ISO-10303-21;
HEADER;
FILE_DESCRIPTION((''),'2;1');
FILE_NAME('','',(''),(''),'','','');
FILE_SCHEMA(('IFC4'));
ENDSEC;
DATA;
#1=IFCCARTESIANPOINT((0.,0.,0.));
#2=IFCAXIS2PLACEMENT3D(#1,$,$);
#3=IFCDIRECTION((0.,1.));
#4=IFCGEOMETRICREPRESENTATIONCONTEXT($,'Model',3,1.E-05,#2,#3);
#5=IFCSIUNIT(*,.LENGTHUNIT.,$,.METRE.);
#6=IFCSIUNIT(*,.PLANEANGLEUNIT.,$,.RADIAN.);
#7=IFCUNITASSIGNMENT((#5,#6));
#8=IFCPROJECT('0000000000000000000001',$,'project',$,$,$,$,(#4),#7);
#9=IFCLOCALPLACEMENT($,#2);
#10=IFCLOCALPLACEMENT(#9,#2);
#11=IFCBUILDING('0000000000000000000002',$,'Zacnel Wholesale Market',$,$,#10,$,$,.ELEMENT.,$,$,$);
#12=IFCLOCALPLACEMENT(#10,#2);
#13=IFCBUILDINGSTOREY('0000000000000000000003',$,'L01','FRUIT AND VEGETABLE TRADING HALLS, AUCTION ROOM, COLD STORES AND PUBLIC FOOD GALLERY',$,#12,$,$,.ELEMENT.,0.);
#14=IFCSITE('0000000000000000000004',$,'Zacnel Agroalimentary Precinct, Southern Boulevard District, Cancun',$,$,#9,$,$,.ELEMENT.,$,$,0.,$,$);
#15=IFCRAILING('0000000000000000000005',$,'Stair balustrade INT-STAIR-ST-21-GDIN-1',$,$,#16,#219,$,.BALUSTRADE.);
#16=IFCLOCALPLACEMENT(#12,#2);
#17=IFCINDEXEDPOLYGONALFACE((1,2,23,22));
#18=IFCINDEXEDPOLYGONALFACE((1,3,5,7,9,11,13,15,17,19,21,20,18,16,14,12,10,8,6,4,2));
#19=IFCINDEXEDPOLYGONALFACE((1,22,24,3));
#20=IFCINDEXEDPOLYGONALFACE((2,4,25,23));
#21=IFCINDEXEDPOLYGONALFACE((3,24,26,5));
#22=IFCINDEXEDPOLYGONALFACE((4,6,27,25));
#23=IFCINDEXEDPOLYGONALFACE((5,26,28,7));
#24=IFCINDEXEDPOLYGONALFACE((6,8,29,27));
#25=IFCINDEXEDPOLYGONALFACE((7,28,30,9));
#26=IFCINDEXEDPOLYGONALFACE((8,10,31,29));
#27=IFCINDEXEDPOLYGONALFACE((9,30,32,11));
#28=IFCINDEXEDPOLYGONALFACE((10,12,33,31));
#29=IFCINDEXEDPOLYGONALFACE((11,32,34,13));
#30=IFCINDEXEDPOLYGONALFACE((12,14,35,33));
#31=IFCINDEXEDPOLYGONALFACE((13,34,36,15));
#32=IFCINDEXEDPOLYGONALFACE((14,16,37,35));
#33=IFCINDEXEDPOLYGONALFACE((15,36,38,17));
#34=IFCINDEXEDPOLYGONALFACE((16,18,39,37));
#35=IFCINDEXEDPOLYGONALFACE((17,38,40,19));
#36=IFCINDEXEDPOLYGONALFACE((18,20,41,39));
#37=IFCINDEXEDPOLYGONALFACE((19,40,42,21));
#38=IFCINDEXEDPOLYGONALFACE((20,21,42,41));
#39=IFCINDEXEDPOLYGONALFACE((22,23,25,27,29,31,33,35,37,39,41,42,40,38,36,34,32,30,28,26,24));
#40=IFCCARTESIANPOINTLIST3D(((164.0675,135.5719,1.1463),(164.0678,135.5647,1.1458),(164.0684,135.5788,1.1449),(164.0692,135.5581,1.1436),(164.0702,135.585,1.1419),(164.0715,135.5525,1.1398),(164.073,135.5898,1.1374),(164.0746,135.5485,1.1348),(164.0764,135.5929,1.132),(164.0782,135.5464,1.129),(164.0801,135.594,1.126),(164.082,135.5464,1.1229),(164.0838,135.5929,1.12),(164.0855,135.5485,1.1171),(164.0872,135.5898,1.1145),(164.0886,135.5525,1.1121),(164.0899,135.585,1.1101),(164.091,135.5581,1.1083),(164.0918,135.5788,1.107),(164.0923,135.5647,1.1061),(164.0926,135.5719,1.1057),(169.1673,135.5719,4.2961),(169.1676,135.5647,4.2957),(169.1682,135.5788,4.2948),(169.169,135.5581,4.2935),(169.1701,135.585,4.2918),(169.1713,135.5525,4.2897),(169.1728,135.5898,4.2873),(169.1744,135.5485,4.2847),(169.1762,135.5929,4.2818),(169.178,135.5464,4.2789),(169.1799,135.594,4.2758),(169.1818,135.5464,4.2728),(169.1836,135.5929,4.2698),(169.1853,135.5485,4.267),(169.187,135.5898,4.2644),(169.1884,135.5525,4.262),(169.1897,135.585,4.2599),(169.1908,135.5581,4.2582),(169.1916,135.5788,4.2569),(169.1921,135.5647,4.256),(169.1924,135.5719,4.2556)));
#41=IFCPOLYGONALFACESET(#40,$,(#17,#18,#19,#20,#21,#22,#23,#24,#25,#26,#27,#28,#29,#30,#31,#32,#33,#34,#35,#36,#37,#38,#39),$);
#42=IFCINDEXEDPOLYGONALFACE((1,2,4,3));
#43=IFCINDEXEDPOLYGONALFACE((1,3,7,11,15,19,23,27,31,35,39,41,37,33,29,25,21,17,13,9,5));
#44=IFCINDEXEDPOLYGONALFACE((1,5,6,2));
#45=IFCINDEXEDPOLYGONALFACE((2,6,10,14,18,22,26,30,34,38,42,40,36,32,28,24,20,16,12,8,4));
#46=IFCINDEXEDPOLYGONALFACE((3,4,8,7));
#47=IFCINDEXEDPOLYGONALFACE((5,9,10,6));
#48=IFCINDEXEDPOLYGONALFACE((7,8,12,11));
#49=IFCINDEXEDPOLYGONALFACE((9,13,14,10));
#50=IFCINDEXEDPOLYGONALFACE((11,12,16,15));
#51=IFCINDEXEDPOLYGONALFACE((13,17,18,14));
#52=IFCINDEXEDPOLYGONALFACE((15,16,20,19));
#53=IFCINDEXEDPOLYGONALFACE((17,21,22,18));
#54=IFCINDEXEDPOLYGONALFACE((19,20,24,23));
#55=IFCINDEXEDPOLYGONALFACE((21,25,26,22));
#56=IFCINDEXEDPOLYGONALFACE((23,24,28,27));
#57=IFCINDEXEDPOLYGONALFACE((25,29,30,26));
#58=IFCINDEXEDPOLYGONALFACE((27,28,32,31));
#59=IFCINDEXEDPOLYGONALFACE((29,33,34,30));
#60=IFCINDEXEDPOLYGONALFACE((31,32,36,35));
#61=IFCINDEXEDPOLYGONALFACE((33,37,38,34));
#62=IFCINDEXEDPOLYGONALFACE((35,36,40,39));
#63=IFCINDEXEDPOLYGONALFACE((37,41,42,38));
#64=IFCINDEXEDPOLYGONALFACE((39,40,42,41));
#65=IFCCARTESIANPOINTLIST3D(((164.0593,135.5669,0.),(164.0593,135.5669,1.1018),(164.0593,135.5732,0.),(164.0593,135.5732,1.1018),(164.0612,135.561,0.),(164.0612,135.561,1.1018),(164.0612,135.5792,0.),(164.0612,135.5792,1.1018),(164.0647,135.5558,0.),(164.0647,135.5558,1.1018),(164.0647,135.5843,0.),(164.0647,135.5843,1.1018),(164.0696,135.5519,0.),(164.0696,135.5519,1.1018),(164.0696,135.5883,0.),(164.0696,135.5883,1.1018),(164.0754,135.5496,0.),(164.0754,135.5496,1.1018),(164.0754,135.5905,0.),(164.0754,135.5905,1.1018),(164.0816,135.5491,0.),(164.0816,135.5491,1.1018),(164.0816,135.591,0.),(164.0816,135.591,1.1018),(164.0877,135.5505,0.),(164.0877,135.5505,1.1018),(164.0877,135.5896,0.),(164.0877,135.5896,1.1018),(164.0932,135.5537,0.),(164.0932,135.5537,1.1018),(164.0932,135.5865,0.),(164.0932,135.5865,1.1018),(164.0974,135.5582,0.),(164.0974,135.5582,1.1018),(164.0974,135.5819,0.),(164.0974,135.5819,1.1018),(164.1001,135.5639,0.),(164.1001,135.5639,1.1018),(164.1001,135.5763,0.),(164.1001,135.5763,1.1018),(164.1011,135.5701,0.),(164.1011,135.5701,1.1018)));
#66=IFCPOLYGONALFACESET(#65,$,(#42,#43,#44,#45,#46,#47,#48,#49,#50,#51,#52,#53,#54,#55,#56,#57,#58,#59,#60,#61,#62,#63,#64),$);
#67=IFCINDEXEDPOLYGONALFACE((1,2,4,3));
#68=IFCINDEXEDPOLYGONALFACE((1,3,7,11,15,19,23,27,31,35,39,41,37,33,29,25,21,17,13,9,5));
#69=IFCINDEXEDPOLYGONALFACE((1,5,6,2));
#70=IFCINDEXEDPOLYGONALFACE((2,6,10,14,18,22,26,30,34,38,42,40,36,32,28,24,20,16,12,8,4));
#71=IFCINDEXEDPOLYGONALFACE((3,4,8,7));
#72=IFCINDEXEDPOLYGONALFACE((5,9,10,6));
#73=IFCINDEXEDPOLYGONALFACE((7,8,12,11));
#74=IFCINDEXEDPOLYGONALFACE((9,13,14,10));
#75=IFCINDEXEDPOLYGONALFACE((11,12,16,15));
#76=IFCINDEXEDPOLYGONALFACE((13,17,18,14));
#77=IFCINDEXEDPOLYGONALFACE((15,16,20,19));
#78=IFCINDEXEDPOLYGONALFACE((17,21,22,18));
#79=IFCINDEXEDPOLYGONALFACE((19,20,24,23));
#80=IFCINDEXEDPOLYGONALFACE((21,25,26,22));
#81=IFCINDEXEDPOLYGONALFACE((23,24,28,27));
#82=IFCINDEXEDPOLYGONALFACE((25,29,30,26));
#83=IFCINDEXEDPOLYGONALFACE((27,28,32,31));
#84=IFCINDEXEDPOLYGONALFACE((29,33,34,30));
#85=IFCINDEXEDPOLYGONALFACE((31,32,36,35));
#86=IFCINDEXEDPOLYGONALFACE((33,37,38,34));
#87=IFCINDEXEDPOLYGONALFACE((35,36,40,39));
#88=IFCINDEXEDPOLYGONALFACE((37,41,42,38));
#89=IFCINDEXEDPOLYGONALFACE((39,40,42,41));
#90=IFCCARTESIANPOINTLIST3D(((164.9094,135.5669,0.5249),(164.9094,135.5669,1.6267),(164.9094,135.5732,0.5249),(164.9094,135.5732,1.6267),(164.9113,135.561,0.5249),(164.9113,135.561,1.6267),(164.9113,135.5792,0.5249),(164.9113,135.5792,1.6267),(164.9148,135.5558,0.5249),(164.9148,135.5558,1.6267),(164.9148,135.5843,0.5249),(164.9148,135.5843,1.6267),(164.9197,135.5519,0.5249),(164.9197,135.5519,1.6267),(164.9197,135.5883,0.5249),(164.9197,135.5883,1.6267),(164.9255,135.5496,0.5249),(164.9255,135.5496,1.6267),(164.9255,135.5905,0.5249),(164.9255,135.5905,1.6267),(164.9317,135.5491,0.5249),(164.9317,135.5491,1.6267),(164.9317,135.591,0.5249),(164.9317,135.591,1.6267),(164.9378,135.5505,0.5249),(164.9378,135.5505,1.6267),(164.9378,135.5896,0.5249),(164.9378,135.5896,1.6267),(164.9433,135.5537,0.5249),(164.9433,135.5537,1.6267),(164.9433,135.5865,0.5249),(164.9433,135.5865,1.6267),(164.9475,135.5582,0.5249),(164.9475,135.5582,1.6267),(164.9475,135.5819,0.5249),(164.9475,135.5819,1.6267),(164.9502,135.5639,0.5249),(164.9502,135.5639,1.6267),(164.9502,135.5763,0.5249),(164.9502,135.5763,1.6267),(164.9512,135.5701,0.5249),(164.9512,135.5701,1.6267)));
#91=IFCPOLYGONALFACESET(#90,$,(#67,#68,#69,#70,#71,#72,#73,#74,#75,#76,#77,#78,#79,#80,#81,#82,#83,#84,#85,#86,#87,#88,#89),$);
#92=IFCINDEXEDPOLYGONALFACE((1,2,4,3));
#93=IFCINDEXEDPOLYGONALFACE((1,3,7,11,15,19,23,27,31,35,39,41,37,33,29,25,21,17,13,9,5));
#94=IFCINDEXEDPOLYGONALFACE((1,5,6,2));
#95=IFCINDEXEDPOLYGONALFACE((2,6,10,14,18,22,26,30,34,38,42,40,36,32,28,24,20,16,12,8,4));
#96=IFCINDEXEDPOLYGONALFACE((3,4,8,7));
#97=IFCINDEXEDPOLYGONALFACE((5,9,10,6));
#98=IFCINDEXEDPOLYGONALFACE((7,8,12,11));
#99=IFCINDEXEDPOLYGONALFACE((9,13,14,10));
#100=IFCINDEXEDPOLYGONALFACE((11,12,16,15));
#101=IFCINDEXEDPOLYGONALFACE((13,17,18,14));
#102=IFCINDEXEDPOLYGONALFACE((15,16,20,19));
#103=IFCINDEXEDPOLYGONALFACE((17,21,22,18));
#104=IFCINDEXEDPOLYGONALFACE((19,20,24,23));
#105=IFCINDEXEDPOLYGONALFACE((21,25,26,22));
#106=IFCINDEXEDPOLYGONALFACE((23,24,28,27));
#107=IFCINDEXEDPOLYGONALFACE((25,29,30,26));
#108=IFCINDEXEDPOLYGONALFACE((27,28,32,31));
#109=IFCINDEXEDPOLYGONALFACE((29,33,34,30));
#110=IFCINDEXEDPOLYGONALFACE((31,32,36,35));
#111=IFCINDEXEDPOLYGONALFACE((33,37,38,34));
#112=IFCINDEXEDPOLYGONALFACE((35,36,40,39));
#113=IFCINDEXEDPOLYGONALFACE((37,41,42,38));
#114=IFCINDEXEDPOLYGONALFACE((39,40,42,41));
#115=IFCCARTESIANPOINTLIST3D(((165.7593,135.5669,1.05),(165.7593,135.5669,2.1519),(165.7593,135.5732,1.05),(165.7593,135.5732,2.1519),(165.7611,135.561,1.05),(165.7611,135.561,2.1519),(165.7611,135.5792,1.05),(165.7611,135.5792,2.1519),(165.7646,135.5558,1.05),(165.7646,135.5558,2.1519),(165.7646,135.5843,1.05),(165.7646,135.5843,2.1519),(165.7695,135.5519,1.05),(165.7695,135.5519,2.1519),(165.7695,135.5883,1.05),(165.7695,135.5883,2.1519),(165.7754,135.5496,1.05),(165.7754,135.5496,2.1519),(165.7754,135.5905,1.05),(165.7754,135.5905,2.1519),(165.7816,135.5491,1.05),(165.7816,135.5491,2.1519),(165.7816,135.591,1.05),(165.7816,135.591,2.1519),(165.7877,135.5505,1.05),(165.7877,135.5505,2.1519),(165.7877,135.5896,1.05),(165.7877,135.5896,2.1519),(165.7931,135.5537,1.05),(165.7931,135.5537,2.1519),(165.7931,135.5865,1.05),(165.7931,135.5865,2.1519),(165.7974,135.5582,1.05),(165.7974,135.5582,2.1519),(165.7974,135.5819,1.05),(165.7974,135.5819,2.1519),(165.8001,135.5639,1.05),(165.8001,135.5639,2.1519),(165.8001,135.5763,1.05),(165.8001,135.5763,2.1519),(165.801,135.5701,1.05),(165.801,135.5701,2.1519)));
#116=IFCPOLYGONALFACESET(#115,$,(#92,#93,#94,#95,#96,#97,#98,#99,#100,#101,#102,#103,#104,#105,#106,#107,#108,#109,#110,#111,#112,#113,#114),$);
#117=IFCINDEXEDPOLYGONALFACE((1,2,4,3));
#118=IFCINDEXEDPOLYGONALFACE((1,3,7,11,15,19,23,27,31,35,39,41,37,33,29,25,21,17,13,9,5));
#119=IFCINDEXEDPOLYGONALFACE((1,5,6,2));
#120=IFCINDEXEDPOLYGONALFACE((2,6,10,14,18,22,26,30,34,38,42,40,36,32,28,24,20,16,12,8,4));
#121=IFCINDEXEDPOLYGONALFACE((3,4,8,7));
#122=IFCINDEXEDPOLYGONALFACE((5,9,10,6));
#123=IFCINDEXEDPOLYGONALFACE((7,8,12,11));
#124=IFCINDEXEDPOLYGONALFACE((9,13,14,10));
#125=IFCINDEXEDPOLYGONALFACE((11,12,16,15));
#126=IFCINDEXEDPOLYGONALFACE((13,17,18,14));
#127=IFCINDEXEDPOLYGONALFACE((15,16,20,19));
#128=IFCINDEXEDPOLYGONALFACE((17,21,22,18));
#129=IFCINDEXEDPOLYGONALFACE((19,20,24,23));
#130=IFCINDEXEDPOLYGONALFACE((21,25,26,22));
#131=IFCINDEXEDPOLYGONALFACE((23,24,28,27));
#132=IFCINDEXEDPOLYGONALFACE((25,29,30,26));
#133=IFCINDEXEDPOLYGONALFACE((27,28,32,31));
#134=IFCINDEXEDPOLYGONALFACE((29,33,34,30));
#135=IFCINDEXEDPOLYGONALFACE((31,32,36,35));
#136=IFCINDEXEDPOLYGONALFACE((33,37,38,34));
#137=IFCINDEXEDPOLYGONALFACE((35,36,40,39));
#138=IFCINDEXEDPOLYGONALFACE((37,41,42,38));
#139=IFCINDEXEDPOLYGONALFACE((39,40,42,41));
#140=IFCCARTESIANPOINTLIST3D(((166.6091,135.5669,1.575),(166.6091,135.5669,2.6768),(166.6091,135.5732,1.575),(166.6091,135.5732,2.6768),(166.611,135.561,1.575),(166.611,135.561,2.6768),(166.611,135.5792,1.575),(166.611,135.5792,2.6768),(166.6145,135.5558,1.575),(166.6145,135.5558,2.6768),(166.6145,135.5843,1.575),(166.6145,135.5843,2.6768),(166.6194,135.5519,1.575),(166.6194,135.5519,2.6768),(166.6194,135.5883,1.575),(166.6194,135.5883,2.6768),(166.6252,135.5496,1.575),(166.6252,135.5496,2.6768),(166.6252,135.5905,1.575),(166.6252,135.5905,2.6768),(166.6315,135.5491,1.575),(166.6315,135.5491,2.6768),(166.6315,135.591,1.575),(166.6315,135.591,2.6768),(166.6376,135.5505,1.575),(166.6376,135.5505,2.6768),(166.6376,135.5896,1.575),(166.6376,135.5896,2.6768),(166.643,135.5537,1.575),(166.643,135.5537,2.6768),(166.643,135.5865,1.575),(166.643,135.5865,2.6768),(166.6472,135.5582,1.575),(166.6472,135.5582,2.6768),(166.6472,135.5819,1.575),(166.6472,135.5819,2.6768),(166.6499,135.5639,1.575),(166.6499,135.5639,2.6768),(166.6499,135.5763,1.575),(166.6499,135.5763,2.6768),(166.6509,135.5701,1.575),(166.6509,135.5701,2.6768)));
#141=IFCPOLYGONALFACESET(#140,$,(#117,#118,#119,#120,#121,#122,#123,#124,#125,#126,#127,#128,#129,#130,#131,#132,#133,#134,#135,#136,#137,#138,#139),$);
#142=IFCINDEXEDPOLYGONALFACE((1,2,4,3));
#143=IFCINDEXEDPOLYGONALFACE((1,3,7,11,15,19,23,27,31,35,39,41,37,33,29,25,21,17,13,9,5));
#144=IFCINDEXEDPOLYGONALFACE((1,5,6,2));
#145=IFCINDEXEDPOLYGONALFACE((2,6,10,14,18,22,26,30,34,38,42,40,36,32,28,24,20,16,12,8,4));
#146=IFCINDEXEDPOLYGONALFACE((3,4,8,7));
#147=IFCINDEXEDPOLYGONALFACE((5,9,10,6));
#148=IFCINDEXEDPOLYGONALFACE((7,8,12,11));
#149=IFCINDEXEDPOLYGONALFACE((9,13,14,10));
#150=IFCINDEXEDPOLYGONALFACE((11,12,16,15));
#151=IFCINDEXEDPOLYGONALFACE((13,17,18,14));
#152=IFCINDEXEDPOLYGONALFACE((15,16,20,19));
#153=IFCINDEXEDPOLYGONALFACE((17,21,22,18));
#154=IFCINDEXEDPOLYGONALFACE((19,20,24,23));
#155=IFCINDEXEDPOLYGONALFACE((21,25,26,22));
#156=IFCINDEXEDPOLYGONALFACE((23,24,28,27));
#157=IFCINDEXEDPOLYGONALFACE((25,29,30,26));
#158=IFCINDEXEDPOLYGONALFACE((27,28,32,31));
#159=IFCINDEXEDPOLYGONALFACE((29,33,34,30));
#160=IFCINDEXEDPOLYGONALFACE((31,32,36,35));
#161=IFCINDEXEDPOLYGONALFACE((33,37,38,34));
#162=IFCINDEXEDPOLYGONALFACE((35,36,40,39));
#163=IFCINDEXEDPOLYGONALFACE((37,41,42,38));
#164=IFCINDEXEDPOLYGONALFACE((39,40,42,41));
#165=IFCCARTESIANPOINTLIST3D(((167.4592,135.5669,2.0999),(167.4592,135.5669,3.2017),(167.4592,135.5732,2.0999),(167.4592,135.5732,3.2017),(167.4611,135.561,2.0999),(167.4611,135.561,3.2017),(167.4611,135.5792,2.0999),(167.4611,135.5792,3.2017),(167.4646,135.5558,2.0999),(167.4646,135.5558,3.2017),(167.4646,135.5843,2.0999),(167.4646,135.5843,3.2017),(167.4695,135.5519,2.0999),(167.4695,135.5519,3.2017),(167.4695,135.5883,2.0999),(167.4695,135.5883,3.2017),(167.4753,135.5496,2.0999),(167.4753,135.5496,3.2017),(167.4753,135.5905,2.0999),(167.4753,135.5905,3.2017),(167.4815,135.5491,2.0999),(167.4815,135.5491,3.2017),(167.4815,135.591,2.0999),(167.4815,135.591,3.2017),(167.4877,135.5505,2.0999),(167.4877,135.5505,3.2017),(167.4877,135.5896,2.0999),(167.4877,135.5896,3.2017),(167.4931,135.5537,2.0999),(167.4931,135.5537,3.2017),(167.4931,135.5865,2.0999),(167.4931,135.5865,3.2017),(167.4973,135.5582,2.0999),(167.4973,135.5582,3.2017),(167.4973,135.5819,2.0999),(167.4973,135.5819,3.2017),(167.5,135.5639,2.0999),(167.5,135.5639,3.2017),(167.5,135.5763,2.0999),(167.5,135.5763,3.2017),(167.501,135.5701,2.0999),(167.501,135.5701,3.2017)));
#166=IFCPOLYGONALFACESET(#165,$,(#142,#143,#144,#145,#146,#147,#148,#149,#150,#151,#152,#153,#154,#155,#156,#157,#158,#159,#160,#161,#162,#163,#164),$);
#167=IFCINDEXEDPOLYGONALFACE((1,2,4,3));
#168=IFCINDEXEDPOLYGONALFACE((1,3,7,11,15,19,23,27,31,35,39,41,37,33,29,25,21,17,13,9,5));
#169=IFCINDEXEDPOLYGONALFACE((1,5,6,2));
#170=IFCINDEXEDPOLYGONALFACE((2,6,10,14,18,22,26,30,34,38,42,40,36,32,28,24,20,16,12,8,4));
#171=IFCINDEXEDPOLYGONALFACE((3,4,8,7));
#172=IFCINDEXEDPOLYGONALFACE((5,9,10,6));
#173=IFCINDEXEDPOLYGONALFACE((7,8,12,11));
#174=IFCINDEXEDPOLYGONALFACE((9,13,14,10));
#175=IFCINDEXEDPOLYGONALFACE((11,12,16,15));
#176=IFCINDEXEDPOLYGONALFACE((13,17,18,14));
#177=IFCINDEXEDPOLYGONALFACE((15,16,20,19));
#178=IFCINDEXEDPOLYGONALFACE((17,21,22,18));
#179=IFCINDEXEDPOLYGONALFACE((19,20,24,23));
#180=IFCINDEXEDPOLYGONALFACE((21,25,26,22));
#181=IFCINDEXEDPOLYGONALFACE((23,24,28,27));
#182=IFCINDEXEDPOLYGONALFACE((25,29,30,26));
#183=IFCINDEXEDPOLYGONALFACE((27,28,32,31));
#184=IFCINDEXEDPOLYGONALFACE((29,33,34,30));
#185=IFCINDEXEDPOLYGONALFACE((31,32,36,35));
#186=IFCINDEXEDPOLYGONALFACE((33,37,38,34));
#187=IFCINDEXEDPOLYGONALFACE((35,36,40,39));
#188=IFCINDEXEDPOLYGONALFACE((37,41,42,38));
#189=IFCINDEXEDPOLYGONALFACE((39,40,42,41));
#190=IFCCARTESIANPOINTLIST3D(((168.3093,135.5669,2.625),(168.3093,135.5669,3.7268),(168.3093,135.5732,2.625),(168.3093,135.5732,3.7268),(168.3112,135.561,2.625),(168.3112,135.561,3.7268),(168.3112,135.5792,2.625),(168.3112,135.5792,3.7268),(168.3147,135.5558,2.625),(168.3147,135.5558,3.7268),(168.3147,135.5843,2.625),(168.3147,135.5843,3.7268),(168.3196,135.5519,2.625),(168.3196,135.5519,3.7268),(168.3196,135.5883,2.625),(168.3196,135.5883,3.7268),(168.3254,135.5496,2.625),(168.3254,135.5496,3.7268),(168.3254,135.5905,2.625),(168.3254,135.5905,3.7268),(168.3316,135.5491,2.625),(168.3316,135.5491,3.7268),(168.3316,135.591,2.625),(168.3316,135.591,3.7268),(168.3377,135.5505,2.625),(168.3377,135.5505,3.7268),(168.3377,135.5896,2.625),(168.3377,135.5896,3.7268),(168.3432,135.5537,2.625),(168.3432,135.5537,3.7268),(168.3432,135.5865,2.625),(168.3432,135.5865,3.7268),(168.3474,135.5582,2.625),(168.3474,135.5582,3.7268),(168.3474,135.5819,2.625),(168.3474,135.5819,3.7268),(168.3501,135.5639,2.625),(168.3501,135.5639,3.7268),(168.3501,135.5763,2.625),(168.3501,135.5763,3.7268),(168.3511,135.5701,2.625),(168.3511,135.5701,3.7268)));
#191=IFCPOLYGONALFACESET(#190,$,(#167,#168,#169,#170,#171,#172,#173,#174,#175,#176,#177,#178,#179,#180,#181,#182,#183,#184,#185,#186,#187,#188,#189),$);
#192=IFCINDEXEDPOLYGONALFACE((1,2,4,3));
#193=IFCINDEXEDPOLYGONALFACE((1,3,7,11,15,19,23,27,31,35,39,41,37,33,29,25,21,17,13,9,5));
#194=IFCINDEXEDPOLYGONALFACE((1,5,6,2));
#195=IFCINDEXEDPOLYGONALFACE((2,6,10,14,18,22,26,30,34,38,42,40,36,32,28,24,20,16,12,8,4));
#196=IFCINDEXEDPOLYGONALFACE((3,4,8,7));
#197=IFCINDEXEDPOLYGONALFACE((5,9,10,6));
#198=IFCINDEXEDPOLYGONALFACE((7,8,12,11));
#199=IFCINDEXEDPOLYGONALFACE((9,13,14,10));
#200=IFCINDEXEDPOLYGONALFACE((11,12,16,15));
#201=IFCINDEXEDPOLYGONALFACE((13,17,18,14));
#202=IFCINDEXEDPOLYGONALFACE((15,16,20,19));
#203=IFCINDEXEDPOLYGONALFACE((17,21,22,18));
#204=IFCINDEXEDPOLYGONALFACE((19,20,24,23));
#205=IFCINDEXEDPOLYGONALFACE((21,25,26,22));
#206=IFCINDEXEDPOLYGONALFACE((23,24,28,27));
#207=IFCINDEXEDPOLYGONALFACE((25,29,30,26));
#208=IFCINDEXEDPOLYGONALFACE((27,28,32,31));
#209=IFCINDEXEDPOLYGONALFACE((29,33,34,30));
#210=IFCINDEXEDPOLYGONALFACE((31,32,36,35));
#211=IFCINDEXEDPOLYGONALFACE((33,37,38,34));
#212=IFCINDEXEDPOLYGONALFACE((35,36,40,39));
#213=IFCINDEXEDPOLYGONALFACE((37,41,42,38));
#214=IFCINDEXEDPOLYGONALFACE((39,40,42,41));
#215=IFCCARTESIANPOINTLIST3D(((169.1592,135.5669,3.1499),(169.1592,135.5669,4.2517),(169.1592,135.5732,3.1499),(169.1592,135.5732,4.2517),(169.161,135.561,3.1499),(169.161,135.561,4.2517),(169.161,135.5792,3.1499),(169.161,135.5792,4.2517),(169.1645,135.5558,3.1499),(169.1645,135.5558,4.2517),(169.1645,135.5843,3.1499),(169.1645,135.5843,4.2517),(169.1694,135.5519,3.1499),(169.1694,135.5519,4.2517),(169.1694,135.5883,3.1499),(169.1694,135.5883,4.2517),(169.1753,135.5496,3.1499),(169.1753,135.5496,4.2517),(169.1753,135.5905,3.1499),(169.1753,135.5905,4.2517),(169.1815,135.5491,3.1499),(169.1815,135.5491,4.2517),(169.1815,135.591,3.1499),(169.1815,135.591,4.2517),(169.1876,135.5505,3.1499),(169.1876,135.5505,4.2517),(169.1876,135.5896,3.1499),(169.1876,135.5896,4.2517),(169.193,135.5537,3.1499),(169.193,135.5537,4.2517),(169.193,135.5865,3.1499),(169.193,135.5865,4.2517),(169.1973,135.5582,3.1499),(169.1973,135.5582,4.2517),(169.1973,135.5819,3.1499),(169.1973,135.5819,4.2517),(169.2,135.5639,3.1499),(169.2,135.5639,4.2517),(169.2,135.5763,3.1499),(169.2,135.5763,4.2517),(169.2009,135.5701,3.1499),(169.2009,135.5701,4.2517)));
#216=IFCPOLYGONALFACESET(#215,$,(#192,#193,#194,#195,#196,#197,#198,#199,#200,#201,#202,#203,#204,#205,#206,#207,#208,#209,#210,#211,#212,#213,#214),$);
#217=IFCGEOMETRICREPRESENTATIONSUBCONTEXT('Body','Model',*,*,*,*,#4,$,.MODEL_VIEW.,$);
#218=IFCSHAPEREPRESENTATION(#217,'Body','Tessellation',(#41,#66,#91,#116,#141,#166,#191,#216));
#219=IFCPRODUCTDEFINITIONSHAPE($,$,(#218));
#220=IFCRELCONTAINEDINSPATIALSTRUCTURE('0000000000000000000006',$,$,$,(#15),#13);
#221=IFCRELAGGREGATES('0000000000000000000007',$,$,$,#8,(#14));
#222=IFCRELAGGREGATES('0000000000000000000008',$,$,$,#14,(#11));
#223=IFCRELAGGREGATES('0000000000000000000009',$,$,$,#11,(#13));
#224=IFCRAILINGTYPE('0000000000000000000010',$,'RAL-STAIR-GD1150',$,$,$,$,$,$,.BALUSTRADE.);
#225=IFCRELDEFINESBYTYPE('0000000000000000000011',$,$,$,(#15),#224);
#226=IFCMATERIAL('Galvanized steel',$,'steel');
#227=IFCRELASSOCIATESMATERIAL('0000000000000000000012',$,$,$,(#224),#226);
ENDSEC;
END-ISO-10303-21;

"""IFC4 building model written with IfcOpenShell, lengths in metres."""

from ifc_helpers import new_model, si_unit, direction, frame, origin, origin_2d, place, context, subcontext, project, spatial, circle, extrude, material, type_object, element, save


model = new_model("IFC4")

# Units and contexts
model_context = context("Model", 3, precision=1e-05, world=origin(), true_north=direction((0.0, 1.0)))
body_context = subcontext(model_context, "Body", "Model", "MODEL_VIEW")
ifc_project = project(units=[si_unit("LENGTHUNIT", "METRE"), si_unit("PLANEANGLEUNIT", "RADIAN")], contexts=[model_context])

# Site, building, storey
site_placement = place(None, origin())
site = spatial("IfcSite", under=ifc_project, at=site_placement, Name="Zacnel Agroalimentary Precinct, Southern Boulevard District, Cancun", CompositionType="ELEMENT", RefElevation=0.0)
building_placement = place(site_placement, origin())
building = spatial("IfcBuilding", under=site, at=building_placement, Name="Zacnel Wholesale Market", CompositionType="ELEMENT")
storey_placement = place(building_placement, origin())
storey = spatial("IfcBuildingStorey", under=building, at=storey_placement, Name="L01", Description="FRUIT AND VEGETABLE TRADING HALLS, AUCTION ROOM, COLD STORES AND PUBLIC FOOD GALLERY", CompositionType="ELEMENT", Elevation=0.0)

# Railing
ifc_material_1 = material(Name="Galvanized steel", Category="steel")
railing_type_1 = type_object("IfcRailingType", Name="RAL-STAIR-GD1150", PredefinedType="BALUSTRADE", material=ifc_material_1)
railing_1_placement = place(storey_placement, frame((164.0801, 135.5701, 0.0)))
element("IfcRailing", 1, at=railing_1_placement, inside=storey, type_object=railing_type_1, Name="Stair balustrade INT-STAIR-ST-21-GDIN-1", PredefinedType="BALUSTRADE", context=body_context, shape_type="SweptSolid", body=[
    extrude(circle(Radius=0.0239, at=origin_2d()), frame((0.0, 0.0, 1.126), z_axis=(0.850799, 0.0, 0.525492), x_axis=(0.0, 1.0, 0.0)), (0.0, 0.0, 1.0), 5.9941),
    extrude(circle(Radius=0.021, at=origin_2d()), origin(), (0.0, 0.0, 1.0), 1.1018),
    extrude(circle(Radius=0.021, at=origin_2d()), frame((0.8501, 0.0, 0.5249)), (0.0, 0.0, 1.0), 1.1018),
    extrude(circle(Radius=0.021, at=origin_2d()), frame((1.7, 0.0, 1.05)), (0.0, 0.0, 1.0), 1.1018),
    extrude(circle(Radius=0.021, at=origin_2d()), frame((2.5498, 0.0, 1.575)), (0.0, 0.0, 1.0), 1.1018),
    extrude(circle(Radius=0.021, at=origin_2d()), frame((3.3999, 0.0, 2.0999)), (0.0, 0.0, 1.0), 1.1018),
    extrude(circle(Radius=0.021, at=origin_2d()), frame((4.25, 0.0, 2.625)), (0.0, 0.0, 1.0), 1.1018),
    extrude(circle(Radius=0.021, at=origin_2d()), frame((5.0999, 0.0, 3.1499)), (0.0, 0.0, 1.0), 1.1018),
])

save(model, "model.ifc")
